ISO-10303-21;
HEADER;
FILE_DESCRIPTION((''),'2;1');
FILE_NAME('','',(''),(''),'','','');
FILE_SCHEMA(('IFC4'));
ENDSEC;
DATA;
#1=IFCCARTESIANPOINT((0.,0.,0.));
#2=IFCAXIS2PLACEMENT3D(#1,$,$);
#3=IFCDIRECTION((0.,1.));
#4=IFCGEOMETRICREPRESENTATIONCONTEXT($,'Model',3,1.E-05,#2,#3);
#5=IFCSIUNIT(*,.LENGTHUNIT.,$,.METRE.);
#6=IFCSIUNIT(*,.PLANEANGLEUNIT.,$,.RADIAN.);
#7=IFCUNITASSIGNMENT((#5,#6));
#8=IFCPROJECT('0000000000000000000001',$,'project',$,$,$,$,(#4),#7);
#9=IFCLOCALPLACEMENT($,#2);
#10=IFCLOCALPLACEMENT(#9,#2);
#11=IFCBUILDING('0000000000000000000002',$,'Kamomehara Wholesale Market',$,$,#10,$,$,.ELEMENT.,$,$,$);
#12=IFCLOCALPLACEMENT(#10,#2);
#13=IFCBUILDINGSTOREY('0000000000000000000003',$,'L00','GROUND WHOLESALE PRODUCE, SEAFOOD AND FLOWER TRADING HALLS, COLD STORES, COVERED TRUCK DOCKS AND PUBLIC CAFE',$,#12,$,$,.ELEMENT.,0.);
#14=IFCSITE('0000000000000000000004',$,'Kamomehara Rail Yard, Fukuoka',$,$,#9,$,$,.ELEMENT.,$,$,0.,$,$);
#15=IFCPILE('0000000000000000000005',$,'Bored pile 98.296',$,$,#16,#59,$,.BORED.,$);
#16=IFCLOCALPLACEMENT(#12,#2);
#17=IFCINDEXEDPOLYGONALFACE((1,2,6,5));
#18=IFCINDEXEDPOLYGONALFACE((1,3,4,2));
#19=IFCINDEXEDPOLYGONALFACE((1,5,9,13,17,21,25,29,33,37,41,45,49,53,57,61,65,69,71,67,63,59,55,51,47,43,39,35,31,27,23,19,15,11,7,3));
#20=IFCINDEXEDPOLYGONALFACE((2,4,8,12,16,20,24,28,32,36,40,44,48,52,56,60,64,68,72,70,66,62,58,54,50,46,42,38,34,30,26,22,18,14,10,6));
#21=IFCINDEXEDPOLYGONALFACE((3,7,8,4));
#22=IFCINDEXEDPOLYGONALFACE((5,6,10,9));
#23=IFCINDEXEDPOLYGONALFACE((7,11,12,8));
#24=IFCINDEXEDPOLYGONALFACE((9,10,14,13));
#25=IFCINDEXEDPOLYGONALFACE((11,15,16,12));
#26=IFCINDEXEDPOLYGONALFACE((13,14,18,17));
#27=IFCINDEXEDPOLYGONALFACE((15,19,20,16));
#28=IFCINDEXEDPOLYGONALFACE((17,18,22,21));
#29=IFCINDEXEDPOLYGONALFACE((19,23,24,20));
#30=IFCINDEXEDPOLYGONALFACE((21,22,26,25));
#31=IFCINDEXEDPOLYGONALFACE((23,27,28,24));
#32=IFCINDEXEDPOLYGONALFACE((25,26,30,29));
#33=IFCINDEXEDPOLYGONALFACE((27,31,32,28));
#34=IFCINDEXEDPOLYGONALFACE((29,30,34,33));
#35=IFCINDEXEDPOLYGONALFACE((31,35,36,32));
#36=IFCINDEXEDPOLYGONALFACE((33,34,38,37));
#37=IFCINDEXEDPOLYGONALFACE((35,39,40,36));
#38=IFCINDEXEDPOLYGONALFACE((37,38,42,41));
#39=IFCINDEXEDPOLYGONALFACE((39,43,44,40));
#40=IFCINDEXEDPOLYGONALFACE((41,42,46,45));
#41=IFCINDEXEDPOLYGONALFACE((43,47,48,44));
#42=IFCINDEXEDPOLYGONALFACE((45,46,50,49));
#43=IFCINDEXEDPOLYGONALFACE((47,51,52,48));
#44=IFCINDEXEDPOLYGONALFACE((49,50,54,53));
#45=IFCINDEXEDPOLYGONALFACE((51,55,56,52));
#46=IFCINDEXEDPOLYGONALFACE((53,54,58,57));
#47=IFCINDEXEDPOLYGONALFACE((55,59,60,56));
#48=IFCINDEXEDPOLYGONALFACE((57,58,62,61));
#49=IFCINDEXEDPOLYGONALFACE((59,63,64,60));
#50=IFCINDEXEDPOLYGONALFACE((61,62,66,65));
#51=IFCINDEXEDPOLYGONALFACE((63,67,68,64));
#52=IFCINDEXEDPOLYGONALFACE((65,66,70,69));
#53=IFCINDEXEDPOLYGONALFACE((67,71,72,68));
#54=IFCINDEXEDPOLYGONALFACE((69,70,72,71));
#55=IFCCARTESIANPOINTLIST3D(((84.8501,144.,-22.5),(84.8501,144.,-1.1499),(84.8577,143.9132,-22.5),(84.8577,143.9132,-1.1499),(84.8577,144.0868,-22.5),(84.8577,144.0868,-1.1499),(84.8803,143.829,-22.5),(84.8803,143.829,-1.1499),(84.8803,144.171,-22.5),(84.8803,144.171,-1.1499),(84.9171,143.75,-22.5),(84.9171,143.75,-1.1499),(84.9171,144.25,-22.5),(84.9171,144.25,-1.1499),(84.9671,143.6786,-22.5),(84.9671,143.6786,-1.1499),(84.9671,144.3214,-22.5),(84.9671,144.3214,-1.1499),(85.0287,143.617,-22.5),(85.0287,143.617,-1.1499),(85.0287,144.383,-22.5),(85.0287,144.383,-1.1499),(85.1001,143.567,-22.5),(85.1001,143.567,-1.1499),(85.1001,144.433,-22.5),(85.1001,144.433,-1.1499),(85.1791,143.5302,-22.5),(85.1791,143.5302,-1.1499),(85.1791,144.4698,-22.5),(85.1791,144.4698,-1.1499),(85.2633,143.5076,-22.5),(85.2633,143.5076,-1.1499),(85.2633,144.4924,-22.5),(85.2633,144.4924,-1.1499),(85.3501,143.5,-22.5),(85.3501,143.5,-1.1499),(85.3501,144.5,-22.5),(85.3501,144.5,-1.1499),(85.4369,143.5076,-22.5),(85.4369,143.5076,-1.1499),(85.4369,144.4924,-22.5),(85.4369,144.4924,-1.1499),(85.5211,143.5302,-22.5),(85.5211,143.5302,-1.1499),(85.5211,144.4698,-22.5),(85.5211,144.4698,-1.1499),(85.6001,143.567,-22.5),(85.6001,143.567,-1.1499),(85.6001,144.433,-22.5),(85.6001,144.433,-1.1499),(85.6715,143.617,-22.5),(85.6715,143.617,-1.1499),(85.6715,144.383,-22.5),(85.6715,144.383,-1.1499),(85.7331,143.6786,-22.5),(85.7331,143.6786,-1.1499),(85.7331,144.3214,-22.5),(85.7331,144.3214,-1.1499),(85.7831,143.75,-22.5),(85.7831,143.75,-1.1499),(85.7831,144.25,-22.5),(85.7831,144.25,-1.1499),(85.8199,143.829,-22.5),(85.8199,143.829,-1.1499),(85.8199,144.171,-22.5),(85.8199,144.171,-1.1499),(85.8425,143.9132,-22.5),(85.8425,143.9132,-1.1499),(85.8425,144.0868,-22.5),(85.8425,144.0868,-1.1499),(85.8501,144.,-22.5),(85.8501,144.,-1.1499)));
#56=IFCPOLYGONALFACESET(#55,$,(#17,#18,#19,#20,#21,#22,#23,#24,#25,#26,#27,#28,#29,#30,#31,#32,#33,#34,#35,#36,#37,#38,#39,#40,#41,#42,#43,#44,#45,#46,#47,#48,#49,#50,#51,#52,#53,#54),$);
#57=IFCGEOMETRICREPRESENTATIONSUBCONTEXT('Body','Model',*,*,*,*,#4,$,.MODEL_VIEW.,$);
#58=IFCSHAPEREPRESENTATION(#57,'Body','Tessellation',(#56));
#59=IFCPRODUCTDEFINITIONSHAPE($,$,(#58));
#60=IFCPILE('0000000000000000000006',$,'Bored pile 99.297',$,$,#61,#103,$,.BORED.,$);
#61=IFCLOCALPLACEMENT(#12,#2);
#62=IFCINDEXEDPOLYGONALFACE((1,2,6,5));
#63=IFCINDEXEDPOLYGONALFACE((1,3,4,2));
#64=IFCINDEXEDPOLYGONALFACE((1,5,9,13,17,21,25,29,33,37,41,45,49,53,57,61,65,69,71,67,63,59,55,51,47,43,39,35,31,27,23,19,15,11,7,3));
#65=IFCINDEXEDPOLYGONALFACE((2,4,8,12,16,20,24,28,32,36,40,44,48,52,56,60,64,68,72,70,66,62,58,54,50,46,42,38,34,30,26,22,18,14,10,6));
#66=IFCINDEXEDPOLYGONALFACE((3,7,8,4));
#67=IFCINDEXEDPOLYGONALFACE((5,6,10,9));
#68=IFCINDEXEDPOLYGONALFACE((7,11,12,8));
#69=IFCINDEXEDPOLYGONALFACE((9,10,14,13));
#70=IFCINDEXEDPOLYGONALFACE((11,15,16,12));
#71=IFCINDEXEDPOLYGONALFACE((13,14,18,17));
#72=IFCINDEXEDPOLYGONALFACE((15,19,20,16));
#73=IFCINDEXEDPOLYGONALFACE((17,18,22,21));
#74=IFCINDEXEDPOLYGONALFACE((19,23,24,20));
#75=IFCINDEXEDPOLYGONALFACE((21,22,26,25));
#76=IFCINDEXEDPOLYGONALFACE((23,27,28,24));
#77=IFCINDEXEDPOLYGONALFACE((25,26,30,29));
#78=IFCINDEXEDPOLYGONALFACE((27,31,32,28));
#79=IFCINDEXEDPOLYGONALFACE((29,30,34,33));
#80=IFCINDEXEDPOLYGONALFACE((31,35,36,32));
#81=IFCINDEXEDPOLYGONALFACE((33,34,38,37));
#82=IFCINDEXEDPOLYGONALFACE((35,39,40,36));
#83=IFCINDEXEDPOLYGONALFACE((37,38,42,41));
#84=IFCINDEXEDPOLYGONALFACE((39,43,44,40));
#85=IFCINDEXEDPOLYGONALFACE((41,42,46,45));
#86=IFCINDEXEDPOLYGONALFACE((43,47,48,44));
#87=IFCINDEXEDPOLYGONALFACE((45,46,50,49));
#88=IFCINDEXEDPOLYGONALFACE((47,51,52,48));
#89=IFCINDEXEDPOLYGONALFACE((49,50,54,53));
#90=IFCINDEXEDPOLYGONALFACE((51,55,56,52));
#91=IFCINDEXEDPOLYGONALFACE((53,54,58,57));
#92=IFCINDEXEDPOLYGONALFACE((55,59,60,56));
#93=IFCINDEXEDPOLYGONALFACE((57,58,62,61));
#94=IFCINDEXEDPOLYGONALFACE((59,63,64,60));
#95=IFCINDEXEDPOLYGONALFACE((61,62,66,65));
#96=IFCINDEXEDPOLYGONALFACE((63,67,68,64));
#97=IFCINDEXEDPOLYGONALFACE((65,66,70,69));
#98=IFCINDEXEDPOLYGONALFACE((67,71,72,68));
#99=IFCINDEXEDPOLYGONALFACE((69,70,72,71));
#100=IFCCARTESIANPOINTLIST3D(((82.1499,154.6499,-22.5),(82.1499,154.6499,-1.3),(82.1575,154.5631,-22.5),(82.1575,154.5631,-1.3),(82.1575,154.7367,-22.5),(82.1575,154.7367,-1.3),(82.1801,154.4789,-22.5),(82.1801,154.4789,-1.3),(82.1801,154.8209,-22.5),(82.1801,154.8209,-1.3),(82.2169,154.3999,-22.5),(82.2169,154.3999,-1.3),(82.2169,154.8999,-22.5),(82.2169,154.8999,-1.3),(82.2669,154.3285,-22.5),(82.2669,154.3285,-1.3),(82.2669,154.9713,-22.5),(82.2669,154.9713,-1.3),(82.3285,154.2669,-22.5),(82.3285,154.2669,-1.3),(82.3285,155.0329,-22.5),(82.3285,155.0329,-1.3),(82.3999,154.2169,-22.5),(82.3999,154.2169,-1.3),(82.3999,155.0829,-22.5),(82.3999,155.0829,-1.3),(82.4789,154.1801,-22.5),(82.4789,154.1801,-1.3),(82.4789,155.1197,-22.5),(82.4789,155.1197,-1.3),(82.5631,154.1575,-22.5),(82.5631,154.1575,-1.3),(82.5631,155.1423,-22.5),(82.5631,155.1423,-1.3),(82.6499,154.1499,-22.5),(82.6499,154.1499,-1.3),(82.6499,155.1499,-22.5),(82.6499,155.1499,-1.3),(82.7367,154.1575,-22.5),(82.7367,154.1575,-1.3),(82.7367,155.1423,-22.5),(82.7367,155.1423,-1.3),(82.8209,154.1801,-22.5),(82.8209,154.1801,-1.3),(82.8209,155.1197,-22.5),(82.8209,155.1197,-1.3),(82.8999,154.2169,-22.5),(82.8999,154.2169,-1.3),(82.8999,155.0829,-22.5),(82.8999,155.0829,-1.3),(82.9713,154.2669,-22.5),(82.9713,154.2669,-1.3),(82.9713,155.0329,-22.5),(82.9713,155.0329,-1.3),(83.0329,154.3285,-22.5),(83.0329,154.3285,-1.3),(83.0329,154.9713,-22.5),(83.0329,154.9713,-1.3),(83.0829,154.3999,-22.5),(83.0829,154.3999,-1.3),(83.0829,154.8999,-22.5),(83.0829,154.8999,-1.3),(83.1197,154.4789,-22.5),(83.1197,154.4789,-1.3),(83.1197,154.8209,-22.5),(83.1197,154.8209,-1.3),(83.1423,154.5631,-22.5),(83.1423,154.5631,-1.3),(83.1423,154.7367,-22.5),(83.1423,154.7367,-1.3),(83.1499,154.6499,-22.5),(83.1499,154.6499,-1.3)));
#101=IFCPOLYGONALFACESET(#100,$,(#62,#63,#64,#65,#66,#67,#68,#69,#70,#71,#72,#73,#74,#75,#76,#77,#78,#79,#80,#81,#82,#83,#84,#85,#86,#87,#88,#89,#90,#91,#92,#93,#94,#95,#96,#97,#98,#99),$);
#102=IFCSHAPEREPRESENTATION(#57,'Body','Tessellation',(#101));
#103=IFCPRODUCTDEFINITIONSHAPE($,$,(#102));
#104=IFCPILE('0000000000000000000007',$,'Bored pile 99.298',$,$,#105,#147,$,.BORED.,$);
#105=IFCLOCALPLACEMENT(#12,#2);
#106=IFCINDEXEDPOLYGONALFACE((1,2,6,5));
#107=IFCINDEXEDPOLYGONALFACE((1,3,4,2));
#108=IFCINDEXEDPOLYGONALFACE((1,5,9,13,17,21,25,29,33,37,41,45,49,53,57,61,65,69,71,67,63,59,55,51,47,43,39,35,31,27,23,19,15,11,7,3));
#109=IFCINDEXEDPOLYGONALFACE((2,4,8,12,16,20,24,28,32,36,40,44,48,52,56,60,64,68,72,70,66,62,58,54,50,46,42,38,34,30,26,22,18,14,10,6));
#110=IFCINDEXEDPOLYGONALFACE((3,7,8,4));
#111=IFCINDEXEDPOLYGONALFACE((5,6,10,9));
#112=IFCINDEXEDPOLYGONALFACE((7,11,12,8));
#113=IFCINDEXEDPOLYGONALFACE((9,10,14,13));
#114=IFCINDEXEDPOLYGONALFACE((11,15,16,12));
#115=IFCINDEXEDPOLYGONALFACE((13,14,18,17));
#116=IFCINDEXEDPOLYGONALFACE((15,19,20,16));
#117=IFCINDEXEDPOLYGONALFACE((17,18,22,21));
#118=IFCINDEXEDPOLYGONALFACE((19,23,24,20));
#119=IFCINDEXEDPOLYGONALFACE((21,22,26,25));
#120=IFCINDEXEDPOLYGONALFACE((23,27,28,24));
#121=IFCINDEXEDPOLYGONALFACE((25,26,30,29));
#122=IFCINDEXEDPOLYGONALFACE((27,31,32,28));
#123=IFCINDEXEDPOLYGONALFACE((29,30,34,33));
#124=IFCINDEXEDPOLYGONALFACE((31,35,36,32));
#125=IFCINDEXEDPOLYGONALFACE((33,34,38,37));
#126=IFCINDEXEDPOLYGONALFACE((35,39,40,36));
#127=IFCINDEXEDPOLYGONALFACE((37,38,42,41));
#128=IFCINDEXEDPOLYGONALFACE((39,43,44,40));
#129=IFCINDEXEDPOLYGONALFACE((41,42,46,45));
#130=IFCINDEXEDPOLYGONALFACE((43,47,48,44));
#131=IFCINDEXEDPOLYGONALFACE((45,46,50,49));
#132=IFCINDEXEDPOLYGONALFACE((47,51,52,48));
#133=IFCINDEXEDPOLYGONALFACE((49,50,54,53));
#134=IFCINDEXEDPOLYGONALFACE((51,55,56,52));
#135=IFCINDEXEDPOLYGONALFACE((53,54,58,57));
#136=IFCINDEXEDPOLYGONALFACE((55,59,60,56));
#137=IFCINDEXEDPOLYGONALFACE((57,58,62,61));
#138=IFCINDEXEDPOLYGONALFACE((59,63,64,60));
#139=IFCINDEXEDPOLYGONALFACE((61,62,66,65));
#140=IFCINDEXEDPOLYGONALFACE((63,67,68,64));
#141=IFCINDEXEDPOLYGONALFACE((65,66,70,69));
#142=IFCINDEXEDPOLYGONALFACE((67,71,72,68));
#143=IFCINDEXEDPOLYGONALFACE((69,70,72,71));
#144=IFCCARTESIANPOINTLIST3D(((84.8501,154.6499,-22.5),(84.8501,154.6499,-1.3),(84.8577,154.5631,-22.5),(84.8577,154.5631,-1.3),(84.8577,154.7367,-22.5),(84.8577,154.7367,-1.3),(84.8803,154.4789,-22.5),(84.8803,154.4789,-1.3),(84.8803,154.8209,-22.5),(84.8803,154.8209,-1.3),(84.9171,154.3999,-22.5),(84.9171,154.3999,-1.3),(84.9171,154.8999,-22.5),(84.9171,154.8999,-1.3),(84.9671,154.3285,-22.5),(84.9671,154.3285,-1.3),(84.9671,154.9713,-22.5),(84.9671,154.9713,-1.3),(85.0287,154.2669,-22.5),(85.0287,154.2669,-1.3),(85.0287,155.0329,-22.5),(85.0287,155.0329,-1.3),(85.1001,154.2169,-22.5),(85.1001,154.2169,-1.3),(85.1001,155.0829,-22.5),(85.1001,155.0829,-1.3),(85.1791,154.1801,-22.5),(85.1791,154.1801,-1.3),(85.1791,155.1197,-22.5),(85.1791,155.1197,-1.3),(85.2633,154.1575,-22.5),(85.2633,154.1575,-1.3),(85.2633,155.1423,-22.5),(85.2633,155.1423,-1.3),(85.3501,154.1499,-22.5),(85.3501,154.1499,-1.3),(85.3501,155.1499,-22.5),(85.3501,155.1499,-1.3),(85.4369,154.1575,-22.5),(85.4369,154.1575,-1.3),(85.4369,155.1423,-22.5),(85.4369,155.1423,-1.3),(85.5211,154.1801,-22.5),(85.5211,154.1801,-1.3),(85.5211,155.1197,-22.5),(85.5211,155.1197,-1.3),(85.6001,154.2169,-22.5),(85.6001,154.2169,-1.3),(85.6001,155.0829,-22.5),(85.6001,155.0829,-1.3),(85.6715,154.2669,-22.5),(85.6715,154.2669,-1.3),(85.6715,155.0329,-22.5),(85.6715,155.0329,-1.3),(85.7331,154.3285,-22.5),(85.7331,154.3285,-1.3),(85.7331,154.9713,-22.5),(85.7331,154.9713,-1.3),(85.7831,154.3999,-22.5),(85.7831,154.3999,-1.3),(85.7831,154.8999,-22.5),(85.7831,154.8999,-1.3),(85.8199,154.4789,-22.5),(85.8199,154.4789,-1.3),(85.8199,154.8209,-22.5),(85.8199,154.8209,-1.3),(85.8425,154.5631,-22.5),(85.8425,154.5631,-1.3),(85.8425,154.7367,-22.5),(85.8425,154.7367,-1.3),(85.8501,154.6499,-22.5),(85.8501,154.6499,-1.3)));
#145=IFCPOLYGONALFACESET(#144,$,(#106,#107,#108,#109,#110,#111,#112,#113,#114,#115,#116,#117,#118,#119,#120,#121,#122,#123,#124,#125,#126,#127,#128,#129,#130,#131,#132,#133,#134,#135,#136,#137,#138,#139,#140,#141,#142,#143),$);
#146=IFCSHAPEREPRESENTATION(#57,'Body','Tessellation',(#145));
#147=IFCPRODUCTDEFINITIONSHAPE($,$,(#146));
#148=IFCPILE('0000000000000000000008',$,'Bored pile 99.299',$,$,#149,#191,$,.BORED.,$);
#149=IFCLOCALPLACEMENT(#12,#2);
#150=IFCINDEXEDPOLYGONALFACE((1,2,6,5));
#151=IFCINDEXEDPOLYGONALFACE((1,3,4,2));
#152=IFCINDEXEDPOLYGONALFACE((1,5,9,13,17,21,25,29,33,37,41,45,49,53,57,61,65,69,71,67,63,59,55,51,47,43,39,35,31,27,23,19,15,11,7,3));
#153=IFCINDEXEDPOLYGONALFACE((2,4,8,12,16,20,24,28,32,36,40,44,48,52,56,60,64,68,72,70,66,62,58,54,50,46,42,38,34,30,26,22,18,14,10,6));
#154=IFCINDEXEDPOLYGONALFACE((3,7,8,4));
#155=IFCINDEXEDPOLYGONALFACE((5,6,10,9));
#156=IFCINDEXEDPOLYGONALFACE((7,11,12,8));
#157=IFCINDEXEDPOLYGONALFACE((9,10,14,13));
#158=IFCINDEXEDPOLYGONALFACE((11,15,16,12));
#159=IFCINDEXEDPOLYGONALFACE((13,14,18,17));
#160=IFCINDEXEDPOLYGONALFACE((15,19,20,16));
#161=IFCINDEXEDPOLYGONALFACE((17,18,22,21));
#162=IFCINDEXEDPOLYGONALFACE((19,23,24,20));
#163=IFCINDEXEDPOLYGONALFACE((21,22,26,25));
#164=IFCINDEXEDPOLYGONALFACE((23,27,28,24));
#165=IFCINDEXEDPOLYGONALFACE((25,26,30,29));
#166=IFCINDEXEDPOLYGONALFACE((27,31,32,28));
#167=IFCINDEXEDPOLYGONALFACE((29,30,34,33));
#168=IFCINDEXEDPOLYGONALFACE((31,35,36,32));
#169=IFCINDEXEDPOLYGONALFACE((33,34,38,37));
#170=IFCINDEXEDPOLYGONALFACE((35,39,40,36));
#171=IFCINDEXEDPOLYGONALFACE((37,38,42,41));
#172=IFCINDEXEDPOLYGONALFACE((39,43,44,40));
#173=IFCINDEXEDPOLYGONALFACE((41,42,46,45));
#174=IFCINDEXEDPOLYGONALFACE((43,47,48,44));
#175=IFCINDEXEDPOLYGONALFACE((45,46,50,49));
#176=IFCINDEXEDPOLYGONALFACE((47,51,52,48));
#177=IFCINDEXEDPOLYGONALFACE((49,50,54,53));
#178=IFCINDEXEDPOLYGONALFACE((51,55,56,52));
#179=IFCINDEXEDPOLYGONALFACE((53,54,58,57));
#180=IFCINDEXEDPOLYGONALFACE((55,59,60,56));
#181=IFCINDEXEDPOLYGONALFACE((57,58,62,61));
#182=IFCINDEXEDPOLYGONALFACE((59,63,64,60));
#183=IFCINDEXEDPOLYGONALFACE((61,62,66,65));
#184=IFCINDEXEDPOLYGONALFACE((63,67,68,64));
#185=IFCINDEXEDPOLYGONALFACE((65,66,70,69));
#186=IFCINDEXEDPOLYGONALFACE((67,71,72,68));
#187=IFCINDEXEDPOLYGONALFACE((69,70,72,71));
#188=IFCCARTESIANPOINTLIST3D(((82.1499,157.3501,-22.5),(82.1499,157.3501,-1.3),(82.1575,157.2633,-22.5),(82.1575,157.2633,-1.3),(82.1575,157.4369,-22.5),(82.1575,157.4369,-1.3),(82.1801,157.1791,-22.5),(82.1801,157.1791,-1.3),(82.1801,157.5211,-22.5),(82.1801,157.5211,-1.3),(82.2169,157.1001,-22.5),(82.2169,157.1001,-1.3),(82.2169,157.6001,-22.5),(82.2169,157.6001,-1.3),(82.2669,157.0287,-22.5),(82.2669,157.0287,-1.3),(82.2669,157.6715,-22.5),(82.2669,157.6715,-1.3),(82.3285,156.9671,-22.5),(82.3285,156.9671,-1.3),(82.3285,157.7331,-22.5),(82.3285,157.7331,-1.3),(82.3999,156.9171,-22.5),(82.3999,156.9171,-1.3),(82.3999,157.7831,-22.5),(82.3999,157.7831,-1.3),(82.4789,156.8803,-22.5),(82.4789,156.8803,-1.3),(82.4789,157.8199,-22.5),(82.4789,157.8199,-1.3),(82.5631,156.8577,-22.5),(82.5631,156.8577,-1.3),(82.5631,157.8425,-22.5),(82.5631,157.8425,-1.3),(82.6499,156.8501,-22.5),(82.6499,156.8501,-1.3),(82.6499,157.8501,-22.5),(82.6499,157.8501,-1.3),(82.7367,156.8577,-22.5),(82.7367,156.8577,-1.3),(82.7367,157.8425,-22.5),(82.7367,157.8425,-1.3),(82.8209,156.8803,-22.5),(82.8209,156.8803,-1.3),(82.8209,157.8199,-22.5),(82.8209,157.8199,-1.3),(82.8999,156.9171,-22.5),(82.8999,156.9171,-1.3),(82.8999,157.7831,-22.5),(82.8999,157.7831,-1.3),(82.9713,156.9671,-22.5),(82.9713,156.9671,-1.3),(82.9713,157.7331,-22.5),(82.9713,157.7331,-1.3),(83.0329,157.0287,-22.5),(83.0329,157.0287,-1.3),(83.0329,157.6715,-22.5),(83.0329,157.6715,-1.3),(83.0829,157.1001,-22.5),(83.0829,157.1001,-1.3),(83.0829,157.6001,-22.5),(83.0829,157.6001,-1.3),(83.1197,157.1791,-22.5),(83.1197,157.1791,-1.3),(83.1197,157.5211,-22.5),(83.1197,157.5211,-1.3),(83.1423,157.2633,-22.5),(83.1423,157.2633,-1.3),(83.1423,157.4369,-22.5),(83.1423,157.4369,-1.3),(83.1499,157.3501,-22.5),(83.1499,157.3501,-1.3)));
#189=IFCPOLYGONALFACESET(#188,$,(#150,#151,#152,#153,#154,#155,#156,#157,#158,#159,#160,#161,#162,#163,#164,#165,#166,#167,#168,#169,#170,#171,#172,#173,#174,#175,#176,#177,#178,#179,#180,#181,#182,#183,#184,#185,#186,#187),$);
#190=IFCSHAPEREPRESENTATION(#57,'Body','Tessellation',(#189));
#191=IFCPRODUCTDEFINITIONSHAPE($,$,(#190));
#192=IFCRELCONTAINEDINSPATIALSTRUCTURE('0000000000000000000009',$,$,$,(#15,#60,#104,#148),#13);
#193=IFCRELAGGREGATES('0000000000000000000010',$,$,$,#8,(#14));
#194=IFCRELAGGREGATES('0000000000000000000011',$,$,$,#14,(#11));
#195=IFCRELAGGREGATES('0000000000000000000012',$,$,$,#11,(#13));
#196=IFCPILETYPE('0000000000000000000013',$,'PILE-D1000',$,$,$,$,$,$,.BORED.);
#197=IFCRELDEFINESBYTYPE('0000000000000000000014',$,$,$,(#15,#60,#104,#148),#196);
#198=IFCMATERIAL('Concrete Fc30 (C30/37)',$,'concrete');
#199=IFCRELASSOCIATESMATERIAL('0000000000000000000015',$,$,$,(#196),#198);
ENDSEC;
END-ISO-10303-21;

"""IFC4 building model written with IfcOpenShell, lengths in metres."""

from ifc_helpers import new_model, si_unit, direction, frame, origin, origin_2d, place, context, subcontext, project, spatial, circle, extrude, material, material_profile, profile_set, type_object, element, save


model = new_model("IFC4")

# Units and contexts
model_context = context("Model", 3, precision=1e-05, world=origin(), true_north=direction((0.0, 1.0)))
body_context = subcontext(model_context, "Body", "Model", "MODEL_VIEW")
ifc_project = project(units=[si_unit("LENGTHUNIT", "METRE"), si_unit("PLANEANGLEUNIT", "RADIAN")], contexts=[model_context])

# Site, building, storey
site_placement = place(None, origin())
site = spatial("IfcSite", under=ifc_project, at=site_placement, Name="Kamomehara Rail Yard, Fukuoka", CompositionType="ELEMENT", RefElevation=0.0)
building_placement = place(site_placement, origin())
building = spatial("IfcBuilding", under=site, at=building_placement, Name="Kamomehara Wholesale Market", CompositionType="ELEMENT")
storey_placement = place(building_placement, origin())
storey = spatial("IfcBuildingStorey", under=building, at=storey_placement, Name="L00", Description="GROUND WHOLESALE PRODUCE, SEAFOOD AND FLOWER TRADING HALLS, COLD STORES, COVERED TRUCK DOCKS AND PUBLIC CAFE", CompositionType="ELEMENT", Elevation=0.0)

# Piles
ifc_material_1 = material(Name="Concrete Fc30 (C30/37)", Category="concrete")
ifc_material_profile_1 = material_profile(ifc_material_1, circle(Radius=0.5, at=origin_2d()), Name="RC-PILE-D1000")
ifc_profile_set_1 = profile_set([ifc_material_profile_1], Name="Concrete Fc30 (C30/37)")
pile_type_1 = type_object("IfcPileType", Name="PILE-D1000", PredefinedType="BORED", material=ifc_profile_set_1)
for number, where, z_axis, x_axis, name in (
    (1, (85.3501, 144.0, -1.1499), (0.0, 0.0, -1.0), (1.0, 0.0, 0.0), "Bored pile 98.296"),
):
    element("IfcPile", number, at=place(storey_placement, frame(where, z_axis=z_axis, x_axis=x_axis)), inside=storey, type_object=pile_type_1, Name=name, PredefinedType="BORED", context=body_context, shape_type="SweptSolid", body=[
        extrude(circle(Radius=0.5, at=origin_2d()), origin(), (0.0, 0.0, 1.0), 21.3501),
    ])
for number, where, z_axis, x_axis, name in (
    (2, (82.6499, 154.6499, -1.3), (0.0, 0.0, -1.0), (1.0, 0.0, 0.0), "Bored pile 99.297"),
    (3, (85.3501, 154.6499, -1.3), (0.0, 0.0, -1.0), (1.0, 0.0, 0.0), "Bored pile 99.298"),
    (4, (82.6499, 157.3501, -1.3), (0.0, 0.0, -1.0), (1.0, 0.0, 0.0), "Bored pile 99.299"),
):
    element("IfcPile", number, at=place(storey_placement, frame(where, z_axis=z_axis, x_axis=x_axis)), inside=storey, type_object=pile_type_1, Name=name, PredefinedType="BORED", context=body_context, shape_type="SweptSolid", body=[
        extrude(circle(Radius=0.5, at=origin_2d()), origin(), (0.0, 0.0, 1.0), 21.2),
    ])

save(model, "model.ifc")
